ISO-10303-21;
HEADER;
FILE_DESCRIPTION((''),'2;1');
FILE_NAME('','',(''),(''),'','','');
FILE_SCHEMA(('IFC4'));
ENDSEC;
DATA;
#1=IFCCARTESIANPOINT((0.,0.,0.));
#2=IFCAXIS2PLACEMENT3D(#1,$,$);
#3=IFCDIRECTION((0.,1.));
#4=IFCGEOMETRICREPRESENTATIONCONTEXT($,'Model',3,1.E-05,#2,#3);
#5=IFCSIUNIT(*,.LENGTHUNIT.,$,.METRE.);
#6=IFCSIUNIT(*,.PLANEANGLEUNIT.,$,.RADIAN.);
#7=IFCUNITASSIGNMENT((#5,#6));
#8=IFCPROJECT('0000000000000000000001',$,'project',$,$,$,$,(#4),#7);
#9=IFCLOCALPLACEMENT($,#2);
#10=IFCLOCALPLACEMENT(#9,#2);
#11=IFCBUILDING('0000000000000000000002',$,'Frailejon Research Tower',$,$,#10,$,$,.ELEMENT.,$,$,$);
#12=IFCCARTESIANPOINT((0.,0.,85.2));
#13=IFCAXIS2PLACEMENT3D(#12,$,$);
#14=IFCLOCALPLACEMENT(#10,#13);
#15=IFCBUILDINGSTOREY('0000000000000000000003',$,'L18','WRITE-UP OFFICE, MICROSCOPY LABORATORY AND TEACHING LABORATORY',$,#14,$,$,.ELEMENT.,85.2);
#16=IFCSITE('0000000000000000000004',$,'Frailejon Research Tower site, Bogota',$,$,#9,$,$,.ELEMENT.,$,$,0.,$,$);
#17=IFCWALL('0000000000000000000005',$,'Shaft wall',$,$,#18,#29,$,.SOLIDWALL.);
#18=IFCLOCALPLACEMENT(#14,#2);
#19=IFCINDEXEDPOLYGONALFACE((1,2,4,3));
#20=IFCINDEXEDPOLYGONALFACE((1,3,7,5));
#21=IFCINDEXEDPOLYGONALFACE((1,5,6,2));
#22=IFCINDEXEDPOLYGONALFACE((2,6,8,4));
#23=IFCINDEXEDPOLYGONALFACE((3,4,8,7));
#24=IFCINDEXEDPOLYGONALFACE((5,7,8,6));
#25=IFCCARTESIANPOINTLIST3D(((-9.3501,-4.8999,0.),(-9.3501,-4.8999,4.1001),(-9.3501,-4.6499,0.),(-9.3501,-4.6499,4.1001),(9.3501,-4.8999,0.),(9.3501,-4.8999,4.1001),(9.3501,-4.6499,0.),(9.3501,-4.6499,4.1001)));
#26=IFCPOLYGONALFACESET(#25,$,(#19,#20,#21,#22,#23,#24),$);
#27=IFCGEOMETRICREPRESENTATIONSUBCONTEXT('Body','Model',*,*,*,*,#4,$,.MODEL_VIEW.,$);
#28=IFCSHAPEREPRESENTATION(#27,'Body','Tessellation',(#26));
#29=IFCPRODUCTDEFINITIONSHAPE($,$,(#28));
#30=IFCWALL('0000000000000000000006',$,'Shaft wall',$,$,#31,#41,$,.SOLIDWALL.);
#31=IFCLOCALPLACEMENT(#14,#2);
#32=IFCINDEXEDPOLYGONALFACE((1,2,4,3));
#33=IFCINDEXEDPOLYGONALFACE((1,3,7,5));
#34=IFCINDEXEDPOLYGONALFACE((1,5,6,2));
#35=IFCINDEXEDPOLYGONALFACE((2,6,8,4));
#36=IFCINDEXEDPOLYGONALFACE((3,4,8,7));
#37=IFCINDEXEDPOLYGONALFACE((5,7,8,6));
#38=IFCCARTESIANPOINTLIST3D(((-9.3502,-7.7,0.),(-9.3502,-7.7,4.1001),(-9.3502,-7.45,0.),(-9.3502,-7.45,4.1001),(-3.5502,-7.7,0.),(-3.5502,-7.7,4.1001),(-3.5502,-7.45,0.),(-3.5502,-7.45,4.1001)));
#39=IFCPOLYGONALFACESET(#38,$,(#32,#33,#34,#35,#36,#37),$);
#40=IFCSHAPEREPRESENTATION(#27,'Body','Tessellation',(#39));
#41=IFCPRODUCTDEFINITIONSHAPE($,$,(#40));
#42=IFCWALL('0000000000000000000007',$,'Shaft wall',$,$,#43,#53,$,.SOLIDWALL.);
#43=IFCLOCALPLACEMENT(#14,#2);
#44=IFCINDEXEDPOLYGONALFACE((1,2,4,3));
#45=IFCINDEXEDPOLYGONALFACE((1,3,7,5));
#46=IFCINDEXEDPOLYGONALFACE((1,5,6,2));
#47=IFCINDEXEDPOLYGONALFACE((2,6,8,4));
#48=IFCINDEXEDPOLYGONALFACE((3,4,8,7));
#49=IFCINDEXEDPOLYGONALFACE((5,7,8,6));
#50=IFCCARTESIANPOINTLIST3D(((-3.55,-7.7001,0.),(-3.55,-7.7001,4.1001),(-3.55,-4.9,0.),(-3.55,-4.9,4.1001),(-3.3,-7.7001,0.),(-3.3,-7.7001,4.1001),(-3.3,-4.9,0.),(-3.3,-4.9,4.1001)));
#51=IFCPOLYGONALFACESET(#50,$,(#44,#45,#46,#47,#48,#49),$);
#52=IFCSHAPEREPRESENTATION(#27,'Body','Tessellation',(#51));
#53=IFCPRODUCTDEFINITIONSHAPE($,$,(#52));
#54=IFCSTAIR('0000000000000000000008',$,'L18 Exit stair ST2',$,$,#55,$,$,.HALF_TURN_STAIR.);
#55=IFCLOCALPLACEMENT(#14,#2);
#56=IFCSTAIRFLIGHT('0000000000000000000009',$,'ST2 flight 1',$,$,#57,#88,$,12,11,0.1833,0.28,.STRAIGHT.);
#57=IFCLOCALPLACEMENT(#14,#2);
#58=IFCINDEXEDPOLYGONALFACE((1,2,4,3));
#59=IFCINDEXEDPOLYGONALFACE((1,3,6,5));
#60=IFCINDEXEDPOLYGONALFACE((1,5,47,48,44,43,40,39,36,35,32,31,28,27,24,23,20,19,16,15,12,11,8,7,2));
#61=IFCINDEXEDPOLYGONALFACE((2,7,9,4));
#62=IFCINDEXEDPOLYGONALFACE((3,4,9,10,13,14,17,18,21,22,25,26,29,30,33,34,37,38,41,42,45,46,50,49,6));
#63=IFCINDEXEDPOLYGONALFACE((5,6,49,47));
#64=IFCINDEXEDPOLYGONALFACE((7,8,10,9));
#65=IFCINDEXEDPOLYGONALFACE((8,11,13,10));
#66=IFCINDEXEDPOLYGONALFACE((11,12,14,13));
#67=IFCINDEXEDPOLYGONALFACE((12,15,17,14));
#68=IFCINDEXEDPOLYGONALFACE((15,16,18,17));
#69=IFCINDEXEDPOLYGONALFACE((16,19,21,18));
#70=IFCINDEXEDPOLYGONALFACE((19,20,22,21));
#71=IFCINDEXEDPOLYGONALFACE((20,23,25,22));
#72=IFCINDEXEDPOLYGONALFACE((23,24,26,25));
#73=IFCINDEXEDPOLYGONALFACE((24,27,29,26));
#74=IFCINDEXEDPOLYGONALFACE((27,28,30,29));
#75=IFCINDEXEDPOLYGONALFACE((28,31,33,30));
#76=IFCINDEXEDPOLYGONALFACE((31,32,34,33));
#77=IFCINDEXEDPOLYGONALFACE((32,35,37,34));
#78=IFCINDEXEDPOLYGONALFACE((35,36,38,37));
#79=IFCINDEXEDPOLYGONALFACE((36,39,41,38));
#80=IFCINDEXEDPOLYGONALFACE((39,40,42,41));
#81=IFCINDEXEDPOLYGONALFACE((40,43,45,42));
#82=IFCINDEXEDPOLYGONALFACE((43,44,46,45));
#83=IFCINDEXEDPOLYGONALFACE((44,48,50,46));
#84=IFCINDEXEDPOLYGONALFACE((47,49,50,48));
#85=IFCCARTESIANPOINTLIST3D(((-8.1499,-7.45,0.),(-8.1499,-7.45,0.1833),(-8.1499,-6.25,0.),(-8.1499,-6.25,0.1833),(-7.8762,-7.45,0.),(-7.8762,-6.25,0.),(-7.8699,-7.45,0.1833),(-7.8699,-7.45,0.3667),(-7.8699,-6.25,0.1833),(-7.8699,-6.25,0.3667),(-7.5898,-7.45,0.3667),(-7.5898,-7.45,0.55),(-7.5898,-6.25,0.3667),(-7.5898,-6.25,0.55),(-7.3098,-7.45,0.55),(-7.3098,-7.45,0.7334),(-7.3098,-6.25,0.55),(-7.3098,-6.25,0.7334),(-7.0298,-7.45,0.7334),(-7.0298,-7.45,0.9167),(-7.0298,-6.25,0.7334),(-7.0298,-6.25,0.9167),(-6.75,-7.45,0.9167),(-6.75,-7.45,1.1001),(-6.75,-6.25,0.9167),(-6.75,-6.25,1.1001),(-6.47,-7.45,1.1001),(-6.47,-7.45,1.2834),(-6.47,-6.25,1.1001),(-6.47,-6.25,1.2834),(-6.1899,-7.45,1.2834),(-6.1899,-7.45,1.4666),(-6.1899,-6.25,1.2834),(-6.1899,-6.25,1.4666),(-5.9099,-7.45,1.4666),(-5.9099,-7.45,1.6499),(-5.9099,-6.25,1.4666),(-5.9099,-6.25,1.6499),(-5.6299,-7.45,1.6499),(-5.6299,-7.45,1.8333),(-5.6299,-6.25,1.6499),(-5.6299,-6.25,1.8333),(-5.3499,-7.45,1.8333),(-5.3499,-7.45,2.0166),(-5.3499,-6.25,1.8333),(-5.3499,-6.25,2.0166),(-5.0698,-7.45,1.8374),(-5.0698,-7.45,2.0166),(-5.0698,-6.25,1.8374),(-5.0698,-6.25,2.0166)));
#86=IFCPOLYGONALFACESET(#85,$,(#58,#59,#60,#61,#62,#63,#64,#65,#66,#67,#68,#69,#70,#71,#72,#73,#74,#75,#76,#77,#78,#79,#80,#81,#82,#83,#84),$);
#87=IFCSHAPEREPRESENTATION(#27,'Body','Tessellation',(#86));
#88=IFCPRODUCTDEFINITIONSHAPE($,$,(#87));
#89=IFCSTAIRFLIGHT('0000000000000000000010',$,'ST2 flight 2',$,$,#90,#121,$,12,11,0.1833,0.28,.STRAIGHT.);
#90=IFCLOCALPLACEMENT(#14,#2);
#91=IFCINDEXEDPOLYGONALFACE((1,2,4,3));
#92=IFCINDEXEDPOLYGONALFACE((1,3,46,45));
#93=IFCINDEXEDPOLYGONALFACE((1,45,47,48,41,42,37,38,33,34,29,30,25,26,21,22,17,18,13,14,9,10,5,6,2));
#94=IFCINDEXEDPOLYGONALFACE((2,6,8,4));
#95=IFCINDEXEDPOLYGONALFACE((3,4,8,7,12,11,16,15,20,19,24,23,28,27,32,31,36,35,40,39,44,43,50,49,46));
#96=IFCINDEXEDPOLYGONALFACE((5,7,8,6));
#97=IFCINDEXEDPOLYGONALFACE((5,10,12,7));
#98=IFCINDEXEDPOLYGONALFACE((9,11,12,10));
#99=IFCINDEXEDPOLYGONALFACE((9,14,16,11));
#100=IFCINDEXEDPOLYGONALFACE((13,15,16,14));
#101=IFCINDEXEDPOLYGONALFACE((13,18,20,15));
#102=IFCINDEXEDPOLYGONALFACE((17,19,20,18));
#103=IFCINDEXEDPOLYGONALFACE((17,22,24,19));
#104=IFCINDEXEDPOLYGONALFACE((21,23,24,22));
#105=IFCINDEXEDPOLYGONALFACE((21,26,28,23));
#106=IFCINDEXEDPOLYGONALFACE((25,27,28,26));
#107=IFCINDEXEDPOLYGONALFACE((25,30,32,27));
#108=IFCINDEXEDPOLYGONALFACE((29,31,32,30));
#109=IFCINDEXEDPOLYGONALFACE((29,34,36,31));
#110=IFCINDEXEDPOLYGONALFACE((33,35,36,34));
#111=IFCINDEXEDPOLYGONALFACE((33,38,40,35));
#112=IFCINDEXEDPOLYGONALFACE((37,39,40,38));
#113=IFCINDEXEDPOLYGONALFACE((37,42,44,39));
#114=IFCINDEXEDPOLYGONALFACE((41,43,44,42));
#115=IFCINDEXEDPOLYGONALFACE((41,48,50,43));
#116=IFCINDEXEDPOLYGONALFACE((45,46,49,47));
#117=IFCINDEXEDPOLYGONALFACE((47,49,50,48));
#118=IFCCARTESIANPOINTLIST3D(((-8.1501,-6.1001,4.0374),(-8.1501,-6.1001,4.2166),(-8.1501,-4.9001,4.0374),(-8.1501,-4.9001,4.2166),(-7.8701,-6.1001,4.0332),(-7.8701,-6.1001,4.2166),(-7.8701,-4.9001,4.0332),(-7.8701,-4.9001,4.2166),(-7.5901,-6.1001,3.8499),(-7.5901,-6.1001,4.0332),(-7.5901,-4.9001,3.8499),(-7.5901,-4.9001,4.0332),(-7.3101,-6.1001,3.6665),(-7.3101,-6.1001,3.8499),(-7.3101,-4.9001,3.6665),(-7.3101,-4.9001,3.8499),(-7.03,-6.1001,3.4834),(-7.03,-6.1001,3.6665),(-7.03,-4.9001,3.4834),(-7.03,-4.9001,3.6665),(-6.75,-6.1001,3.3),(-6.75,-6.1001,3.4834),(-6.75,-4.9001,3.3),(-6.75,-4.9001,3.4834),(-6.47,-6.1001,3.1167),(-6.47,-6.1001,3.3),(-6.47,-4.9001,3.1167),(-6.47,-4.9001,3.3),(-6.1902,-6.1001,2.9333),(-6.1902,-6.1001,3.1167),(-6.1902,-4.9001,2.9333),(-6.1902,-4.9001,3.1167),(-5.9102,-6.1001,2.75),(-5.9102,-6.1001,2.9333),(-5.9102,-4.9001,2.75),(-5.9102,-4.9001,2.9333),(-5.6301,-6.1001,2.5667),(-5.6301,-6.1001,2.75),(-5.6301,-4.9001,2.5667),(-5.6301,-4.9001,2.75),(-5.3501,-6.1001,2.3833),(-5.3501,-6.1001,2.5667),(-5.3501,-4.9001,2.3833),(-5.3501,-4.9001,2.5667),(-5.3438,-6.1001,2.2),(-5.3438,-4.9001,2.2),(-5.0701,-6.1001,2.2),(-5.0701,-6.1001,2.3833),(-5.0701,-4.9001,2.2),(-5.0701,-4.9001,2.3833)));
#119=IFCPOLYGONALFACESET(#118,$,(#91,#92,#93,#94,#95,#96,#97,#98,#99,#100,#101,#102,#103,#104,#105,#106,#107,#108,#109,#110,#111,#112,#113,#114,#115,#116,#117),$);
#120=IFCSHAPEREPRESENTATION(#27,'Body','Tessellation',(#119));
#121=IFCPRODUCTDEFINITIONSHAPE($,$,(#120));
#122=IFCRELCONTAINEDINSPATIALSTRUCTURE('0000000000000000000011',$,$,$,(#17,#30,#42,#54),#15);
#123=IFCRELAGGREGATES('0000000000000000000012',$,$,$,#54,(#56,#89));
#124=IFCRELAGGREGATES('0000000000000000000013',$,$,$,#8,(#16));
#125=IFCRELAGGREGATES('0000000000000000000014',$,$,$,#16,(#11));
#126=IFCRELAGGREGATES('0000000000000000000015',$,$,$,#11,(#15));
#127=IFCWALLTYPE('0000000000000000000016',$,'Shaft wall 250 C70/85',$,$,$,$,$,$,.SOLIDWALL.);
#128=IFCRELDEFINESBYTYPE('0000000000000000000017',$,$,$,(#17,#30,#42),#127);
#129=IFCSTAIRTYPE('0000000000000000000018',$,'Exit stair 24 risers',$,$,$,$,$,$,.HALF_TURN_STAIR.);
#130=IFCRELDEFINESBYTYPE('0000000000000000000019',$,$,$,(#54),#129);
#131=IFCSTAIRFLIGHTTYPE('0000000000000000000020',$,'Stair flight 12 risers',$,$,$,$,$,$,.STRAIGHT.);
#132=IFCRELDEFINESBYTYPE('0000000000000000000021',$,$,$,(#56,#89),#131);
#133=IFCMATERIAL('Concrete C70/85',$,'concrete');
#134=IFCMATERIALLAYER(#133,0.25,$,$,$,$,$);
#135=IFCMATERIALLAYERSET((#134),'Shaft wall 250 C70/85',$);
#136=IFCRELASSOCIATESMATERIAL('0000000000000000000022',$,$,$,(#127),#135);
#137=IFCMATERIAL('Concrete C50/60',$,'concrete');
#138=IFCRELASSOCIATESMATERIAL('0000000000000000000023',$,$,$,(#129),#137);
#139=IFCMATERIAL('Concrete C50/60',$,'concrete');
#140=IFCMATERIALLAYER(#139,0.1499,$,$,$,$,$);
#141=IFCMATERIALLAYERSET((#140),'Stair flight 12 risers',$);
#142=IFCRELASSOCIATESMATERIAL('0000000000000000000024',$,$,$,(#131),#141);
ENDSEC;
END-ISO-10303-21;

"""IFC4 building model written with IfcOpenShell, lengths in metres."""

from ifc_helpers import new_model, si_unit, direction, frame, frame_2d, origin, place, context, subcontext, project, spatial, polyline, rectangle, outline, extrude, material, layer, layer_set, type_object, element, aggregate, save


model = new_model("IFC4")

# Units and contexts
model_context = context("Model", 3, precision=1e-05, world=origin(), true_north=direction((0.0, 1.0)))
body_context = subcontext(model_context, "Body", "Model", "MODEL_VIEW")
ifc_project = project(units=[si_unit("LENGTHUNIT", "METRE"), si_unit("PLANEANGLEUNIT", "RADIAN")], contexts=[model_context])

# Site, building, storey
site_placement = place(None, origin())
site = spatial("IfcSite", under=ifc_project, at=site_placement, Name="Frailejon Research Tower site, Bogota", CompositionType="ELEMENT", RefElevation=0.0)
building_placement = place(site_placement, origin())
building = spatial("IfcBuilding", under=site, at=building_placement, Name="Frailejon Research Tower", CompositionType="ELEMENT")
storey_placement = place(building_placement, frame((0.0, 0.0, 85.2)))
storey = spatial("IfcBuildingStorey", under=building, at=storey_placement, Name="L18", Description="WRITE-UP OFFICE, MICROSCOPY LABORATORY AND TEACHING LABORATORY", CompositionType="ELEMENT", Elevation=85.2)

# Shared definitions
ifc_material_1 = material(Name="Concrete C70/85", Category="concrete")
ifc_layer_1 = layer(ifc_material_1, 0.25)
ifc_layer_set_1 = layer_set([ifc_layer_1], Name="Shaft wall 250 C70/85")
wall_type_1 = type_object("IfcWallType", Name="Shaft wall 250 C70/85", PredefinedType="SOLIDWALL", material=ifc_layer_set_1)

# Walls
wall_1_placement = place(storey_placement, frame((-9.3501, -4.7749, 0.0), z_axis=(0.0, 0.0, 1.0), x_axis=(1.0, 0.0, 0.0)))
element("IfcWall", 1, at=wall_1_placement, inside=storey, type_object=wall_type_1, Name="Shaft wall", PredefinedType="SOLIDWALL", context=body_context, shape_type="SweptSolid", body=[
    extrude(rectangle(XDim=18.7002, YDim=0.25, at=frame_2d((9.3501, 0.0))), origin(), (0.0, 0.0, 1.0), 4.1001),
])
wall_2_placement = place(storey_placement, frame((-9.3501, -7.575, 0.0), z_axis=(0.0, 0.0, 1.0), x_axis=(1.0, 0.0, 0.0)))
element("IfcWall", 2, at=wall_2_placement, inside=storey, type_object=wall_type_1, Name="Shaft wall", PredefinedType="SOLIDWALL", context=body_context, shape_type="SweptSolid", body=[
    extrude(rectangle(XDim=5.8, YDim=0.25, at=frame_2d((2.8999, 0.0))), origin(), (0.0, 0.0, 1.0), 4.1001),
])
wall_3_placement = place(storey_placement, frame((-3.425, -7.7, 0.0), z_axis=(0.0, 0.0, 1.0), x_axis=(0.0, 1.0, 0.0)))
element("IfcWall", 3, at=wall_3_placement, inside=storey, type_object=wall_type_1, Name="Shaft wall", PredefinedType="SOLIDWALL", context=body_context, shape_type="SweptSolid", body=[
    extrude(rectangle(XDim=2.8, YDim=0.25, at=frame_2d((1.3999, 0.0))), origin(), (0.0, 0.0, 1.0), 4.1001),
])

# Stair, stair flights
ifc_material_2 = material(Name="Concrete C50/60", Category="concrete")
stair_type = type_object("IfcStairType", Name="Exit stair 24 risers", PredefinedType="HALF_TURN_STAIR", material=ifc_material_2)
stair_placement = place(storey_placement, origin())
stair = element("IfcStair", 4, at=stair_placement, inside=storey, type_object=stair_type, Name="L18 Exit stair ST2", PredefinedType="HALF_TURN_STAIR")
ifc_material_3 = material(Name="Concrete C50/60", Category="concrete")
ifc_layer_2 = layer(ifc_material_3, 0.1499)
ifc_layer_set_2 = layer_set([ifc_layer_2], Name="Stair flight 12 risers")
stair_flight_type = type_object("IfcStairFlightType", Name="Stair flight 12 risers", PredefinedType="STRAIGHT", material=ifc_layer_set_2)
stair_flight_1_placement = place(storey_placement, frame((-8.1499, -6.8501, 0.0), z_axis=(0.0, 0.0, 1.0), x_axis=(1.0, 0.0, 0.0)))
stair_flight_1 = element("IfcStairFlight", 5, at=stair_flight_1_placement, type_object=stair_flight_type, Name="ST2 flight 1", NumberOfRisers=12, NumberOfTreads=11, PredefinedType="STRAIGHT", RiserHeight=0.1833, TreadLength=0.28, context=body_context, shape_type="SweptSolid", body=[
    extrude(outline(polyline([(0.0, 0.0), (0.0, 0.1833), (0.28, 0.1833), (0.28, 0.3667), (0.5601, 0.3667), (0.5601, 0.55), (0.8401, 0.55), (0.8401, 0.7334), (1.1201, 0.7334), (1.1201, 0.9167), (1.3999, 0.9167), (1.3999, 1.1001), (1.6799, 1.1001), (1.6799, 1.2834), (1.96, 1.2834), (1.96, 1.4666), (2.24, 1.4666), (2.24, 1.6499), (2.52, 1.6499), (2.52, 1.8333), (2.8, 1.8333), (2.8, 2.0166), (3.0801, 2.0166), (3.0801, 2.2), (3.0801, 1.8374), (0.2737, 0.0), (0.0, 0.0)])), frame((0.0, 0.6001, 0.0), z_axis=(0.0, -1.0, 0.0), x_axis=(1.0, 0.0, 0.0)), (0.0, 0.0, 1.0), 1.2),
])
stair_flight_2_placement = place(storey_placement, frame((-5.0701, -5.5, 2.2), z_axis=(0.0, 0.0, 1.0), x_axis=(-1.0, 0.0, 0.0)))
stair_flight_2 = element("IfcStairFlight", 6, at=stair_flight_2_placement, type_object=stair_flight_type, Name="ST2 flight 2", NumberOfRisers=12, NumberOfTreads=11, PredefinedType="STRAIGHT", RiserHeight=0.1833, TreadLength=0.28, context=body_context, shape_type="SweptSolid", body=[
    extrude(outline(polyline([(0.0, 0.0), (0.0, 0.1833), (0.28, 0.1833), (0.28, 0.3667), (0.5601, 0.3667), (0.5601, 0.55), (0.8401, 0.55), (0.8401, 0.7334), (1.1201, 0.7334), (1.1201, 0.9167), (1.3999, 0.9167), (1.3999, 1.1001), (1.6799, 1.1001), (1.6799, 1.2834), (1.96, 1.2834), (1.96, 1.4666), (2.24, 1.4666), (2.24, 1.6499), (2.52, 1.6499), (2.52, 1.8333), (2.8, 1.8333), (2.8, 2.0166), (3.0801, 2.0166), (3.0801, 2.2), (3.0801, 1.8374), (0.2737, 0.0), (0.0, 0.0)])), frame((0.0, 0.6001, 0.0), z_axis=(0.0, -1.0, 0.0), x_axis=(1.0, 0.0, 0.0)), (0.0, 0.0, 1.0), 1.2),
])
aggregate(stair, [stair_flight_1, stair_flight_2])

save(model, "model.ifc")
